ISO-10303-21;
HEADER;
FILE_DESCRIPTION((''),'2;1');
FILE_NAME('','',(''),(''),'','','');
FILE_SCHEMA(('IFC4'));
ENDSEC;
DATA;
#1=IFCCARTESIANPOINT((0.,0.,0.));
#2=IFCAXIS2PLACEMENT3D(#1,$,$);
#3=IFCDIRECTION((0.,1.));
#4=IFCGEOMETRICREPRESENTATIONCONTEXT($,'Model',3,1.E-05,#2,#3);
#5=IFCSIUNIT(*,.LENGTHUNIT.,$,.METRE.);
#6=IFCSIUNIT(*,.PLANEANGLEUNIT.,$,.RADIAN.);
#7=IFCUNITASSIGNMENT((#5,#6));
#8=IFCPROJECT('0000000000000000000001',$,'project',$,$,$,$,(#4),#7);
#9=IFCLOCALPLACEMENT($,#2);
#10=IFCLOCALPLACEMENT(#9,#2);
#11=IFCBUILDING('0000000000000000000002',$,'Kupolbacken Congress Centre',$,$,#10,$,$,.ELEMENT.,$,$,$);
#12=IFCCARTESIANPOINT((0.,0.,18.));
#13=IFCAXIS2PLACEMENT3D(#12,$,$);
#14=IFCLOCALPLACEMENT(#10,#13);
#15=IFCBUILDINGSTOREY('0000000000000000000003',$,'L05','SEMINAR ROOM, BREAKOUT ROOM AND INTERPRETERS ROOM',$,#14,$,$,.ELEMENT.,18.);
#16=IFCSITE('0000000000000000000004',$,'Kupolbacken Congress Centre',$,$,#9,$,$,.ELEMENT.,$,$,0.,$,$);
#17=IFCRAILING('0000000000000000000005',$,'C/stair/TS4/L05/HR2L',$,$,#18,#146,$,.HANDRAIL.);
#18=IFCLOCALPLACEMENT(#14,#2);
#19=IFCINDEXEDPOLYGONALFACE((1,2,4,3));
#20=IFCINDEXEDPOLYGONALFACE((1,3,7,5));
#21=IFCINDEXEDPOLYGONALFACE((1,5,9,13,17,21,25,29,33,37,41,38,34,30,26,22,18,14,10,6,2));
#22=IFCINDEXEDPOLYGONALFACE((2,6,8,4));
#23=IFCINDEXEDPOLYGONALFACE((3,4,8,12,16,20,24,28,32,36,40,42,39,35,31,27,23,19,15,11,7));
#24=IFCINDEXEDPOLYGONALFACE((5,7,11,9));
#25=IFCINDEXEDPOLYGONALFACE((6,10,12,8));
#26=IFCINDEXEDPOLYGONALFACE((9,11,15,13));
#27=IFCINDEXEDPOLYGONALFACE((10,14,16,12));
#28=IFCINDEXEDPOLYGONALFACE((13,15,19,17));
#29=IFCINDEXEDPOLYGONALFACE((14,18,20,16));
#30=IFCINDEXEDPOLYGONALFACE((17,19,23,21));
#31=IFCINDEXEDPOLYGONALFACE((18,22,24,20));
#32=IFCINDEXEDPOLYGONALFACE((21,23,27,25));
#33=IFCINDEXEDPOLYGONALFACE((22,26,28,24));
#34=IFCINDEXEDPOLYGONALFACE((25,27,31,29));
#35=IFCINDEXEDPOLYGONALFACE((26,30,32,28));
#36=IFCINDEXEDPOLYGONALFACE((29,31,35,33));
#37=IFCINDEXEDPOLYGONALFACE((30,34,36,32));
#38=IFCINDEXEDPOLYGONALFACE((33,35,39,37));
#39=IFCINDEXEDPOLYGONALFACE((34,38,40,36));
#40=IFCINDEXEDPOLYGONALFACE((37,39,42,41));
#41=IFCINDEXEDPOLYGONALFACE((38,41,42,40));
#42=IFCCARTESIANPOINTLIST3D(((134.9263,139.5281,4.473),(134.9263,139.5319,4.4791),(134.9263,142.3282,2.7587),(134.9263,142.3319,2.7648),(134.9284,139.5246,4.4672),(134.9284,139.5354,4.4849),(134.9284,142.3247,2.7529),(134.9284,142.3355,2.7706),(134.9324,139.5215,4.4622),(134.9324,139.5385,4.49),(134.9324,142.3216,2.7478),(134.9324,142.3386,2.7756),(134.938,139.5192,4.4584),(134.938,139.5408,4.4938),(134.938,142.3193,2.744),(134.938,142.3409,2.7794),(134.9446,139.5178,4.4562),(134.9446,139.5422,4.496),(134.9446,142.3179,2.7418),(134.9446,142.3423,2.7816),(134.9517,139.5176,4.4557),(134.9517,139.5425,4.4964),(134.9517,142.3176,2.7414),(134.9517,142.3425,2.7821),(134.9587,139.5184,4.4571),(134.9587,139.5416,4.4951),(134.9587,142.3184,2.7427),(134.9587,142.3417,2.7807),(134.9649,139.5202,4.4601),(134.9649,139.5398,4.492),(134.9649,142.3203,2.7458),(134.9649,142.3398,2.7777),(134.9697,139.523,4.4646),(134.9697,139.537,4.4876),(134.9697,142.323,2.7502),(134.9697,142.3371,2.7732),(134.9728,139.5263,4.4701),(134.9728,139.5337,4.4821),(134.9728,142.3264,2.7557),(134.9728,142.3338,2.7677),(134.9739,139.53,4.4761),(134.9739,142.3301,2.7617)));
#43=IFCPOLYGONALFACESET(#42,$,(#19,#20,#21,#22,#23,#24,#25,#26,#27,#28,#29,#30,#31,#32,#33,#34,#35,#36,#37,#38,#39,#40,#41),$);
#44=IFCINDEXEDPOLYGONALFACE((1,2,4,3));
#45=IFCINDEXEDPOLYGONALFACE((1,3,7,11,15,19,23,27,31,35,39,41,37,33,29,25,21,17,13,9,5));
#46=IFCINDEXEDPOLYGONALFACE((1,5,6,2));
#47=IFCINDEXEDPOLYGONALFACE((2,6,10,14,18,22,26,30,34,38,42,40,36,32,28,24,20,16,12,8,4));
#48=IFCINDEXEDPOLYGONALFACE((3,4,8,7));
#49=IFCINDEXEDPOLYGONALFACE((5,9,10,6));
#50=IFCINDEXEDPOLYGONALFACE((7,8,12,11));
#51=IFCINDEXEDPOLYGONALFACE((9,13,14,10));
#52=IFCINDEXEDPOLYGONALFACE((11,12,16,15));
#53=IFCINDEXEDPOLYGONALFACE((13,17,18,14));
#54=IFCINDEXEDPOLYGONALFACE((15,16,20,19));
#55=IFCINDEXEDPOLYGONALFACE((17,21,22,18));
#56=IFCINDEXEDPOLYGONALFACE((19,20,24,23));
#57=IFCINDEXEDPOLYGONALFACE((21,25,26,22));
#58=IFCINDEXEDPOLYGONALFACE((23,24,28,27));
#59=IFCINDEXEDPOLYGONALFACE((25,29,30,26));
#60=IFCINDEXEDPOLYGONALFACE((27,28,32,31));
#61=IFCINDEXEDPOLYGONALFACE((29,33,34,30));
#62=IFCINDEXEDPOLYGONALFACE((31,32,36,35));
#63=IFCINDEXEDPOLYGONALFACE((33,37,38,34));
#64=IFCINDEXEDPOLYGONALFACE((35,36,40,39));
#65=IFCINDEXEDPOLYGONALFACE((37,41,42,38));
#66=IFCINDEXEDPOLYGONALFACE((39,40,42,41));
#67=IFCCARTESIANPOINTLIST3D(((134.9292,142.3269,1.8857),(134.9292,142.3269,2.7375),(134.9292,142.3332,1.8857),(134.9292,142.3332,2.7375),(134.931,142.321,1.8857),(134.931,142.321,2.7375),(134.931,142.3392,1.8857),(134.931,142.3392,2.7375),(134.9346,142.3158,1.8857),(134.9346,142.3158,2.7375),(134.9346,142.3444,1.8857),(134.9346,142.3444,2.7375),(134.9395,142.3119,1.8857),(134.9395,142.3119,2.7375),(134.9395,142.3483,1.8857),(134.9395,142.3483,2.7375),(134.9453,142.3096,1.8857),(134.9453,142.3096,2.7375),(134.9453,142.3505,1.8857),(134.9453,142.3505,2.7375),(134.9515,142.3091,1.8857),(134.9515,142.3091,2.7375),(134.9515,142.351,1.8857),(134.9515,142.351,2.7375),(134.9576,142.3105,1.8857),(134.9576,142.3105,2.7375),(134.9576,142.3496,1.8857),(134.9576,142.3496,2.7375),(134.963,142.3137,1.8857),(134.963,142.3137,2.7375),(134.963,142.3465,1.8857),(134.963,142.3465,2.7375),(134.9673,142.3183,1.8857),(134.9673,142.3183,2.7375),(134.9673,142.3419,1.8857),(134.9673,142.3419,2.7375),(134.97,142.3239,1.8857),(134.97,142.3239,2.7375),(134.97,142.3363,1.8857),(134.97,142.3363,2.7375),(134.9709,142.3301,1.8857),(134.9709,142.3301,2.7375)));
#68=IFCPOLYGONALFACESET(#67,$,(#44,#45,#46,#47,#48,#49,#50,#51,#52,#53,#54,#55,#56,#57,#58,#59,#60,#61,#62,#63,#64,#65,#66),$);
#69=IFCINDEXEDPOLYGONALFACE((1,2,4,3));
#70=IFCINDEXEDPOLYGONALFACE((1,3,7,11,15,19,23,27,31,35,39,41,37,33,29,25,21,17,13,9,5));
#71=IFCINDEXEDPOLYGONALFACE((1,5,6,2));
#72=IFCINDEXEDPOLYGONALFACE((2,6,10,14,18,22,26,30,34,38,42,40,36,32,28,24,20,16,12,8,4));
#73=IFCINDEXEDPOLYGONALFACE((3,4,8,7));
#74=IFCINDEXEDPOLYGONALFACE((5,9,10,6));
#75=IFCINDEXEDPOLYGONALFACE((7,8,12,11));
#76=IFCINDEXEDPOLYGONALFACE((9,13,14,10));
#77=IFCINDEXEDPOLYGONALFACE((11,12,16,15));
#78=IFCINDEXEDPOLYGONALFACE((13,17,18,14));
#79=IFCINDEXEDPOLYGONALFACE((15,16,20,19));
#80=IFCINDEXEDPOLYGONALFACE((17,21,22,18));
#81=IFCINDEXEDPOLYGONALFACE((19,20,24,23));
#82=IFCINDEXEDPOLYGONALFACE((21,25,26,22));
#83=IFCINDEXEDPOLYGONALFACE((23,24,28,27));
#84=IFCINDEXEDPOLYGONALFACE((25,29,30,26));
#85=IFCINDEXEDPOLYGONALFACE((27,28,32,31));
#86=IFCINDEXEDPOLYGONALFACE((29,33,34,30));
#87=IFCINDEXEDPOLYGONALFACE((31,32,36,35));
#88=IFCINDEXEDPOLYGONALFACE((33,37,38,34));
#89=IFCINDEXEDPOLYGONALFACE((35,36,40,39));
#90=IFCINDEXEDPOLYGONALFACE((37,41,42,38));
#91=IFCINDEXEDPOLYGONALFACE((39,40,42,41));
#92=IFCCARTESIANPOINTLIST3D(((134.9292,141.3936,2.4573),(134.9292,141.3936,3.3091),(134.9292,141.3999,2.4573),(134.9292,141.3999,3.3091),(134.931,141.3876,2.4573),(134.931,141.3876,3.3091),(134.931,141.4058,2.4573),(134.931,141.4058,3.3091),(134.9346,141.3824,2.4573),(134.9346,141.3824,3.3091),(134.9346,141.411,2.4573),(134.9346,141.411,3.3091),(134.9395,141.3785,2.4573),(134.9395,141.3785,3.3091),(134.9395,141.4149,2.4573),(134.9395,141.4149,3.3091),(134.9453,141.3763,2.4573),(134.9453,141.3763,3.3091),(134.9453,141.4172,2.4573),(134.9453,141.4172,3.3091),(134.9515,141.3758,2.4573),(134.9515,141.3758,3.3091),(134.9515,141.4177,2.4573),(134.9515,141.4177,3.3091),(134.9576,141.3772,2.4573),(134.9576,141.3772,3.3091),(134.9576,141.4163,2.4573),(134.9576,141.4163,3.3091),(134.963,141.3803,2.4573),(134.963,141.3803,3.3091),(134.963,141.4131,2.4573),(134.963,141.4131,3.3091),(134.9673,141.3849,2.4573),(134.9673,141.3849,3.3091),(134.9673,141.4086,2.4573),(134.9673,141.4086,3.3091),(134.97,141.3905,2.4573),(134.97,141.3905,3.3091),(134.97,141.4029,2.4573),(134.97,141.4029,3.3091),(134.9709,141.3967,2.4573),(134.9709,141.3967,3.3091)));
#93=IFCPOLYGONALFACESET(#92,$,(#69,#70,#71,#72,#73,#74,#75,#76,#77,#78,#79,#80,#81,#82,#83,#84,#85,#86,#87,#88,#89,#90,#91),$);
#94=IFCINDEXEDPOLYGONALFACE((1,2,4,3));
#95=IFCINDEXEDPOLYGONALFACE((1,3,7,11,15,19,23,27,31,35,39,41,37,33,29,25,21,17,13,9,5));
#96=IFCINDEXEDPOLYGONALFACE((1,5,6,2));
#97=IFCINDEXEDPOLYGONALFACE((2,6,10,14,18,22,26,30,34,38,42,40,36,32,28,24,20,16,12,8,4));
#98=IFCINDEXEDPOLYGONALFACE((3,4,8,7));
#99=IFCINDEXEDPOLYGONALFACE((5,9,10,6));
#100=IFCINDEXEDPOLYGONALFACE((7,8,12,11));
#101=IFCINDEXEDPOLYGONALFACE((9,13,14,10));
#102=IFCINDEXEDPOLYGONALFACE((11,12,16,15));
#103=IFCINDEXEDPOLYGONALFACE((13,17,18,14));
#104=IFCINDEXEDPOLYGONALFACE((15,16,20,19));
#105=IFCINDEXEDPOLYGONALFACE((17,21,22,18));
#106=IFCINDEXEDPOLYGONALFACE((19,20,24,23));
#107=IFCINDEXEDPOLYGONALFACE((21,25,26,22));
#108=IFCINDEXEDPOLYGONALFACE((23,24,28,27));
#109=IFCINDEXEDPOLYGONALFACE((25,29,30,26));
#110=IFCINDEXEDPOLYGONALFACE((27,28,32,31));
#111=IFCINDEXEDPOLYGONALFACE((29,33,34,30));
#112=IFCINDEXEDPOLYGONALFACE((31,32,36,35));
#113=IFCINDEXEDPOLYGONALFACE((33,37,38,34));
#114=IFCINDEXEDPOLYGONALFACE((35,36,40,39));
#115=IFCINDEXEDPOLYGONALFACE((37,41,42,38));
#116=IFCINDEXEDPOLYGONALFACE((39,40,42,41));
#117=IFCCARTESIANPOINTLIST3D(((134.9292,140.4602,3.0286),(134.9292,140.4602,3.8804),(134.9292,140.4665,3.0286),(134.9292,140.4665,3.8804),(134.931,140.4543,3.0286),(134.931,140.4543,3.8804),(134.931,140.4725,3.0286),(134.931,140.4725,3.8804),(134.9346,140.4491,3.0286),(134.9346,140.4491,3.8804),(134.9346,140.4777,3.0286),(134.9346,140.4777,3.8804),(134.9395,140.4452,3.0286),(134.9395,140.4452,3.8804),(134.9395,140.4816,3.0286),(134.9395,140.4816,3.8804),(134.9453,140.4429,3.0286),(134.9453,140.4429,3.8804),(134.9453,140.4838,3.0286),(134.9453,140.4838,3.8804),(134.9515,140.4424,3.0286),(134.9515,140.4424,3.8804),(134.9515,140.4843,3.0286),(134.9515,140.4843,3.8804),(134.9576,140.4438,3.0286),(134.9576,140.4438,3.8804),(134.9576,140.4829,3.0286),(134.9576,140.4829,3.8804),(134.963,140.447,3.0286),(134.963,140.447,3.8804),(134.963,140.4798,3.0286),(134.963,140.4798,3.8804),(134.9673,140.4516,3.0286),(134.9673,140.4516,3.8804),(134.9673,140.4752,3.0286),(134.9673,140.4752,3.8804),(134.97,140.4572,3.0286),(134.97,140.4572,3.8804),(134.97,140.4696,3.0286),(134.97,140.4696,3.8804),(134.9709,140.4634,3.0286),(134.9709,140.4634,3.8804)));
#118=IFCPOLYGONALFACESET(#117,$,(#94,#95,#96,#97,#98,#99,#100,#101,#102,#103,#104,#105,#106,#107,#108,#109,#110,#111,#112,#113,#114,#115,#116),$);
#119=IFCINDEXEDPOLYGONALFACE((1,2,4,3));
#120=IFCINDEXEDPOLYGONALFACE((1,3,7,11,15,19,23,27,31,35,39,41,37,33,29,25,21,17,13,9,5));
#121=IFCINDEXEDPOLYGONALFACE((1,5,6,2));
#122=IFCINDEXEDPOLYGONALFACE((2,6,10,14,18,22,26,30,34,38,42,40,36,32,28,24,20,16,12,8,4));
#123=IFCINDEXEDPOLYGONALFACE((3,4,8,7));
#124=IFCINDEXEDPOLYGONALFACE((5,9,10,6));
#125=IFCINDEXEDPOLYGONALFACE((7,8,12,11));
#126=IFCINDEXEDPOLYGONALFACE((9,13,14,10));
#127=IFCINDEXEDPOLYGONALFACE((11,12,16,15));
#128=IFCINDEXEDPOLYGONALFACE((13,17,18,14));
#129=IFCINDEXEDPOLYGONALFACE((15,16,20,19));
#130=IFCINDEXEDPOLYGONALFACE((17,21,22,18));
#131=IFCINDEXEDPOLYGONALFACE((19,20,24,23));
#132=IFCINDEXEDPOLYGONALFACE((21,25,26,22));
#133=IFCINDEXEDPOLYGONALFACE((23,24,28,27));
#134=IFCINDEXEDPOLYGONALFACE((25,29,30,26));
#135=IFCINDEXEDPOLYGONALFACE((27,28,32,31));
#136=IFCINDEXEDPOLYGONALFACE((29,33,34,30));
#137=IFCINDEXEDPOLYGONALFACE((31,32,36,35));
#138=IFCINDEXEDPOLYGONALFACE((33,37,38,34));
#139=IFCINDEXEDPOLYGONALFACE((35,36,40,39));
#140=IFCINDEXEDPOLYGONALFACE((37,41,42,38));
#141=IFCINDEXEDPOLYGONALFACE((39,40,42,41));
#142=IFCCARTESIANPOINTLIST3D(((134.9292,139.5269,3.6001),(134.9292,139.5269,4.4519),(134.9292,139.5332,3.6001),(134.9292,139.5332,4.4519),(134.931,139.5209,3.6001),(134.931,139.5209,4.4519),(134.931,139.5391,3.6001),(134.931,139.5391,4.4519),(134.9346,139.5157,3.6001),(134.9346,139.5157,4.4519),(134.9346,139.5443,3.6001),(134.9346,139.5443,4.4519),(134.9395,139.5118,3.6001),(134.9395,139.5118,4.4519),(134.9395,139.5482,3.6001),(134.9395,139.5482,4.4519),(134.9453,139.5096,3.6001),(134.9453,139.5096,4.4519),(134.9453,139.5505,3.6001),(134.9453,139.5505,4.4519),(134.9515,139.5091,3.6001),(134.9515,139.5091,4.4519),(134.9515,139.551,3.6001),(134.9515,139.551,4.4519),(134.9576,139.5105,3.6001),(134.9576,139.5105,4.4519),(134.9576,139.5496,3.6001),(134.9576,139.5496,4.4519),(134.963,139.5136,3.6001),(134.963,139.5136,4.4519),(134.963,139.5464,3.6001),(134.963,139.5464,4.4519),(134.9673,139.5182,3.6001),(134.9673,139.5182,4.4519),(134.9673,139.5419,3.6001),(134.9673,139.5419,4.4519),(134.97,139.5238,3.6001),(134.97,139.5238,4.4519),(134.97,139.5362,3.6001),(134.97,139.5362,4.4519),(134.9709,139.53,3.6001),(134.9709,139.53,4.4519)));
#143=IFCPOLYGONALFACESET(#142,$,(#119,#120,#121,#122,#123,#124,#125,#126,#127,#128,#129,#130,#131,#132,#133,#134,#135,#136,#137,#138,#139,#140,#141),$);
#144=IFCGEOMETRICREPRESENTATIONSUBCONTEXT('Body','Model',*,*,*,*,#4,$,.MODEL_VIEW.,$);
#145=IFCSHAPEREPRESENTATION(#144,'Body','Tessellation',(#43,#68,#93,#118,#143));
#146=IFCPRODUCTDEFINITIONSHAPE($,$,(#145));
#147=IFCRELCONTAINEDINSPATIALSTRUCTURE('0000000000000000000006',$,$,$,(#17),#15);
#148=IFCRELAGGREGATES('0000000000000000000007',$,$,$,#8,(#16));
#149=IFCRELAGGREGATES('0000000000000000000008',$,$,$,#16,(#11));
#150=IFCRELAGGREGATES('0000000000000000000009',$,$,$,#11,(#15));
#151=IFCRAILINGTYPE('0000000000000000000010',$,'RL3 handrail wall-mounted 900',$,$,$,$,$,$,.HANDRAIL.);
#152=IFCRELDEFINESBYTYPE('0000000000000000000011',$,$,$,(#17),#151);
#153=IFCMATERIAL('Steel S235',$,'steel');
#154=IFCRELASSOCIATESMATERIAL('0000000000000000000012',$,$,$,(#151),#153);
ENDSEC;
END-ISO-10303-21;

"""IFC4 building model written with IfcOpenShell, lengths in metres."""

from ifc_helpers import new_model, si_unit, direction, frame, origin, origin_2d, place, context, subcontext, project, spatial, circle, extrude, material, type_object, element, save


model = new_model("IFC4")

# Units and contexts
model_context = context("Model", 3, precision=1e-05, world=origin(), true_north=direction((0.0, 1.0)))
body_context = subcontext(model_context, "Body", "Model", "MODEL_VIEW")
ifc_project = project(units=[si_unit("LENGTHUNIT", "METRE"), si_unit("PLANEANGLEUNIT", "RADIAN")], contexts=[model_context])

# Site, building, storey
site_placement = place(None, origin())
site = spatial("IfcSite", under=ifc_project, at=site_placement, Name="Kupolbacken Congress Centre", CompositionType="ELEMENT", RefElevation=0.0)
building_placement = place(site_placement, origin())
building = spatial("IfcBuilding", under=site, at=building_placement, Name="Kupolbacken Congress Centre", CompositionType="ELEMENT")
storey_placement = place(building_placement, frame((0.0, 0.0, 18.0)))
storey = spatial("IfcBuildingStorey", under=building, at=storey_placement, Name="L05", Description="SEMINAR ROOM, BREAKOUT ROOM AND INTERPRETERS ROOM", CompositionType="ELEMENT", Elevation=18.0)

# Railing
ifc_material_1 = material(Name="Steel S235", Category="steel")
railing_type_1 = type_object("IfcRailingType", Name="RL3 handrail wall-mounted 900", PredefinedType="HANDRAIL", material=ifc_material_1)
for number, where, name in (
    (1, (134.95, 142.3301, 1.8857), "C/stair/TS4/L05/HR2L"),
):
    element("IfcRailing", number, at=place(storey_placement, frame(where)), inside=storey, type_object=railing_type_1, Name=name, PredefinedType="HANDRAIL", context=body_context, shape_type="SweptSolid", body=[
        extrude(circle(Radius=0.0239, at=origin_2d()), frame((0.0, 0.0, 0.876), z_axis=(0.0, -0.852846, 0.522163), x_axis=(1.0, 0.0, 0.0)), (0.0, 0.0, 1.0), 3.2832),
        extrude(circle(Radius=0.021, at=origin_2d()), origin(), (0.0, 0.0, 1.0), 0.8518),
        extrude(circle(Radius=0.021, at=origin_2d()), frame((0.0, -0.9333, 0.5715)), (0.0, 0.0, 1.0), 0.8518),
        extrude(circle(Radius=0.021, at=origin_2d()), frame((0.0, -1.8667, 1.1428)), (0.0, 0.0, 1.0), 0.8518),
        extrude(circle(Radius=0.021, at=origin_2d()), frame((0.0, -2.8, 1.7144)), (0.0, 0.0, 1.0), 0.8518),
    ])

save(model, "model.ifc")
